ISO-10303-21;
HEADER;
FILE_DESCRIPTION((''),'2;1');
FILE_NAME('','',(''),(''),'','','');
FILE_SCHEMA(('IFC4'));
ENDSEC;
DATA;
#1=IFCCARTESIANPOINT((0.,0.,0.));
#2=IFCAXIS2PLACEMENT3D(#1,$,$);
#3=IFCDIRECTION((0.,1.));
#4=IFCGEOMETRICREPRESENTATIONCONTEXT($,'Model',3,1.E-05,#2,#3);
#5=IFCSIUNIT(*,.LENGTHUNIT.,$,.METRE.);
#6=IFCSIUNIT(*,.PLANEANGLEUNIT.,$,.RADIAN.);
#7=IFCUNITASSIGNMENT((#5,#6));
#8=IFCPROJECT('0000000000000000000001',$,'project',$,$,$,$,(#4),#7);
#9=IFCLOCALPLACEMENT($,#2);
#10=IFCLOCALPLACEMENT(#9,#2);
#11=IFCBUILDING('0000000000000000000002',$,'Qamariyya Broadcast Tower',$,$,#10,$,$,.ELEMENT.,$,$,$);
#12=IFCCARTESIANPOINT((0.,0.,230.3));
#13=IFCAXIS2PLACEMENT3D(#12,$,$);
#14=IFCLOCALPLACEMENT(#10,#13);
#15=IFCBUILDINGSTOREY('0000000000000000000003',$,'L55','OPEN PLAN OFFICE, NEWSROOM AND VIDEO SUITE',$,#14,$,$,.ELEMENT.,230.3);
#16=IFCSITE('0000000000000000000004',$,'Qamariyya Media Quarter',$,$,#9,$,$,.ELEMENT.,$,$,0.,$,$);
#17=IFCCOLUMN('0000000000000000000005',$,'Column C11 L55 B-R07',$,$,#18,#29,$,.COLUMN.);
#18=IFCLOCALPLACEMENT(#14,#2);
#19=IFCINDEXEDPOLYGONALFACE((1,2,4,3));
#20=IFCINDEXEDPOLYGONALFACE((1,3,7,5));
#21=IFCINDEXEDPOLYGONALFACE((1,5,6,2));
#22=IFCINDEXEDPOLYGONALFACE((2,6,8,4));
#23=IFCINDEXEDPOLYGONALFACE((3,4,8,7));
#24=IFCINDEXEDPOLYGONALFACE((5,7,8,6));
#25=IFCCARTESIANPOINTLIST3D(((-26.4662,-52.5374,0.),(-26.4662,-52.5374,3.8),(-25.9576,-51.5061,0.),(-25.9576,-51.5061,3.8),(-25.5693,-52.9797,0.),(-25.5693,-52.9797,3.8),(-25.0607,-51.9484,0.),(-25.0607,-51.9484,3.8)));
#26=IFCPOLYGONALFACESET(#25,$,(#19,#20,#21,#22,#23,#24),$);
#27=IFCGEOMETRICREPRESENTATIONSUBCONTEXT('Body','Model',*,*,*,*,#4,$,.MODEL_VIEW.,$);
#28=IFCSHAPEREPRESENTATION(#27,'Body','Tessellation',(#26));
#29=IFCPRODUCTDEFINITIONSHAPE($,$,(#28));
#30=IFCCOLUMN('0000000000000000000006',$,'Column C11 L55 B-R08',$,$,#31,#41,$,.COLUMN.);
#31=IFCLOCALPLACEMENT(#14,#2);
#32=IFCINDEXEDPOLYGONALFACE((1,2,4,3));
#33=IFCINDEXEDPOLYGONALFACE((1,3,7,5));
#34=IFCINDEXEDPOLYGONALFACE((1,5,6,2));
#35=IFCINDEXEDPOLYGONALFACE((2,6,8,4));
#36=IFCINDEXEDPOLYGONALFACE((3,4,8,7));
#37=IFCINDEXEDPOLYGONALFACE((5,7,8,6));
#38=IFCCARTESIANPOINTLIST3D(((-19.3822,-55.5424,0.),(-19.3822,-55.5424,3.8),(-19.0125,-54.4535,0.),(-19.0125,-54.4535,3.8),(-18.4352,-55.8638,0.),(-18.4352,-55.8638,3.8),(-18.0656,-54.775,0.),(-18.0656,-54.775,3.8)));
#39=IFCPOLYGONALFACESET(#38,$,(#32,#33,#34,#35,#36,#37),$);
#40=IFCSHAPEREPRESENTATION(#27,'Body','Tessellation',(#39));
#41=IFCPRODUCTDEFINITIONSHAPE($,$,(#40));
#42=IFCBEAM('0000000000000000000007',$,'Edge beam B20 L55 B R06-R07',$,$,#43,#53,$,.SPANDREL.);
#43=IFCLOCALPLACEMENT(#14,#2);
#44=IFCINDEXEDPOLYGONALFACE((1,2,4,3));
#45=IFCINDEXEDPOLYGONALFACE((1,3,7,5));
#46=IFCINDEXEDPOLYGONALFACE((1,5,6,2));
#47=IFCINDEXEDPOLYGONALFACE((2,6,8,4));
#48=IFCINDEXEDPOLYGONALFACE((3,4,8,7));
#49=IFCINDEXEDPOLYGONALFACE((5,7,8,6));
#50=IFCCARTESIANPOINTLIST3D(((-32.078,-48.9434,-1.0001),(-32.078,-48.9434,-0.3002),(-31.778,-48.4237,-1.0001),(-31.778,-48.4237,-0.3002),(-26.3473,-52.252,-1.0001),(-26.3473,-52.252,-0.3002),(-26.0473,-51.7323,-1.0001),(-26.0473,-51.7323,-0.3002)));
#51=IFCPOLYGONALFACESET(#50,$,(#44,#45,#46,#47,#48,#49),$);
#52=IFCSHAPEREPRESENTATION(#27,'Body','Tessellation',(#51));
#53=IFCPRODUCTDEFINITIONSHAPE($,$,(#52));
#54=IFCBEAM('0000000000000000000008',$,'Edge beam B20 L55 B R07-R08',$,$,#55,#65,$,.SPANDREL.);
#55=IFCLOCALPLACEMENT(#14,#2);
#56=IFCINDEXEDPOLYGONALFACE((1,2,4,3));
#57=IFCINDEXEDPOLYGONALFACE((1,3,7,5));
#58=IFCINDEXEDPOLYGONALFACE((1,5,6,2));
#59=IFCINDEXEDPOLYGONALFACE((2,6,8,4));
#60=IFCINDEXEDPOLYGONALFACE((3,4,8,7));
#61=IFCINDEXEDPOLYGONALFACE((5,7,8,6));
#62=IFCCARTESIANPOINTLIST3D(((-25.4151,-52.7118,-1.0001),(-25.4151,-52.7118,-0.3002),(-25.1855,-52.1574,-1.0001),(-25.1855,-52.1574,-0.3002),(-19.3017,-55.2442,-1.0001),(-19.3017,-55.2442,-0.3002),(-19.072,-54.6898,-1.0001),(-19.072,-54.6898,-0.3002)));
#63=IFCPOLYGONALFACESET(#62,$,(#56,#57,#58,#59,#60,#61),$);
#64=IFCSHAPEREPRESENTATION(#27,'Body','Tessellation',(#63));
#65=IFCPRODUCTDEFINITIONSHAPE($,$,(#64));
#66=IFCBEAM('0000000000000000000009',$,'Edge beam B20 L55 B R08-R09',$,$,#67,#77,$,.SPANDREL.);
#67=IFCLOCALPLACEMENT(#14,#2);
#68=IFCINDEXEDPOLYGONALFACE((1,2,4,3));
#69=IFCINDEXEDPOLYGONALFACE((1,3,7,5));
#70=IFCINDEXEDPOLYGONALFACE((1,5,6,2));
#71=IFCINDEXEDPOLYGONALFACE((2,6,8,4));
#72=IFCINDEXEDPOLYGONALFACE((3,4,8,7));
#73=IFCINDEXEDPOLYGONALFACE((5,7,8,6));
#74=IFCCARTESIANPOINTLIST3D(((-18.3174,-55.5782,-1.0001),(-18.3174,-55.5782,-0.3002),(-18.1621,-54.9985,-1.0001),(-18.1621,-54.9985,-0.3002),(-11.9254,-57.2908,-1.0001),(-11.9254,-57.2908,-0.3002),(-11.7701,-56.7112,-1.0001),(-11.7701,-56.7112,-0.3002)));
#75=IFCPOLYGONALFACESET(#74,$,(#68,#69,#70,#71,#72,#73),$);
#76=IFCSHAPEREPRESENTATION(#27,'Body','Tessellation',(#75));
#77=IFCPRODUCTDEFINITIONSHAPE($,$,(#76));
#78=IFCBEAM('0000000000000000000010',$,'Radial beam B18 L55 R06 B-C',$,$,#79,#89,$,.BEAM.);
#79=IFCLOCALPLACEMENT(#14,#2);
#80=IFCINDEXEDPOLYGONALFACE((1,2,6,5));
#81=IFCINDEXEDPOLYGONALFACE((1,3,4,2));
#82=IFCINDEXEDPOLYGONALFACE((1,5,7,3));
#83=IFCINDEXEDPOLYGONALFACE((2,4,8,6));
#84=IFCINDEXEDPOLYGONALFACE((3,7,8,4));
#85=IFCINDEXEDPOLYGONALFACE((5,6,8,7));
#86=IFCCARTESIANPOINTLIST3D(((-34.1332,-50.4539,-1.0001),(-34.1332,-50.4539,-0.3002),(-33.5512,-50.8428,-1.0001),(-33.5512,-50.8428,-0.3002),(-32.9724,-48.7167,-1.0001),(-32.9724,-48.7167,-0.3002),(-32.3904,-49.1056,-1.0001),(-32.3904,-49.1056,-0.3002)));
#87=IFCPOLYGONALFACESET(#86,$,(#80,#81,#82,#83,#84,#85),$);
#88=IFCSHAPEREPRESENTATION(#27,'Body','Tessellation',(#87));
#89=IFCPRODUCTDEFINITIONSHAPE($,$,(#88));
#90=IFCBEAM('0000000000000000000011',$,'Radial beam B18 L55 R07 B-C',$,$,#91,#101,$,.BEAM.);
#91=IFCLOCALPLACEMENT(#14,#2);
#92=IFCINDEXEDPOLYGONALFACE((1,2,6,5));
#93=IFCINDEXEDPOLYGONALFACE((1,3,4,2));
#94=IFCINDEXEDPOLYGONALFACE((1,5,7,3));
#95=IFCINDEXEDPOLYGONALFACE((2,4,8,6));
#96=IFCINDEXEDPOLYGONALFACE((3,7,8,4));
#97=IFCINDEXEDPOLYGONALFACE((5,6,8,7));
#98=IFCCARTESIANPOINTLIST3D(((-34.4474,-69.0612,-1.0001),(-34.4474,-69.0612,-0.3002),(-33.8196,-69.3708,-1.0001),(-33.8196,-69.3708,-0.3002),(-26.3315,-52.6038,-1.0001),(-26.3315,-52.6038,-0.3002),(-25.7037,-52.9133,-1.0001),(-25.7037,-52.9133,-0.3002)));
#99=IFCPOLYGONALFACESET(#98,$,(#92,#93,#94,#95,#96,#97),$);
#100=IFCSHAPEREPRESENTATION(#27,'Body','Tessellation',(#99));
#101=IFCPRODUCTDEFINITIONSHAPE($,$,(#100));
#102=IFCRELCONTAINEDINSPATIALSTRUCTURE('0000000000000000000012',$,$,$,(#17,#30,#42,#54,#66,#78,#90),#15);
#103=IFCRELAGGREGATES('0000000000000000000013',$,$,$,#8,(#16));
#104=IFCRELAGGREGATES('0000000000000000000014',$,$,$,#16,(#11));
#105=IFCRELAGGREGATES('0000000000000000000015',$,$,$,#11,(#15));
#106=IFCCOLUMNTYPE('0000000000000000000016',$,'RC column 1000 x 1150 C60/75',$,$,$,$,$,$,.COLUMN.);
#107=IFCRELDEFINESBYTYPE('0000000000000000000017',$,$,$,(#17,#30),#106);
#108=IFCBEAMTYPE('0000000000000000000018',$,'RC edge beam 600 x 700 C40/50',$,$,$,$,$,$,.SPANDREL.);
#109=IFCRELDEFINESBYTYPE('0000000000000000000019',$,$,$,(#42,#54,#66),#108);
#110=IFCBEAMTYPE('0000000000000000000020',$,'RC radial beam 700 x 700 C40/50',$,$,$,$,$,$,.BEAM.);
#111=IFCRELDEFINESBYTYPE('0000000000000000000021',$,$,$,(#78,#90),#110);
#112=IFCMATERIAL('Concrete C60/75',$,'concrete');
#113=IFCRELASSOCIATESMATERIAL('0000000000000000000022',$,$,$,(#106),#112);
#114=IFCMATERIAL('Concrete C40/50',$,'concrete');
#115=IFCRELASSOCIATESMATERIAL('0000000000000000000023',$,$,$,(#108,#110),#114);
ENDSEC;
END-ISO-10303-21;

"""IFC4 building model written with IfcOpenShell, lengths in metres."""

from ifc_helpers import new_model, si_unit, direction, frame, origin, origin_2d, place, context, subcontext, project, spatial, rectangle, extrude, material, material_profile, profile_set, type_object, element, save


model = new_model("IFC4")

# Units and contexts
model_context = context("Model", 3, precision=1e-05, world=origin(), true_north=direction((0.0, 1.0)))
body_context = subcontext(model_context, "Body", "Model", "MODEL_VIEW")
ifc_project = project(units=[si_unit("LENGTHUNIT", "METRE"), si_unit("PLANEANGLEUNIT", "RADIAN")], contexts=[model_context])

# Site, building, storey
site_placement = place(None, origin())
site = spatial("IfcSite", under=ifc_project, at=site_placement, Name="Qamariyya Media Quarter", CompositionType="ELEMENT", RefElevation=0.0)
building_placement = place(site_placement, origin())
building = spatial("IfcBuilding", under=site, at=building_placement, Name="Qamariyya Broadcast Tower", CompositionType="ELEMENT")
storey_placement = place(building_placement, frame((0.0, 0.0, 230.3)))
storey = spatial("IfcBuildingStorey", under=building, at=storey_placement, Name="L55", Description="OPEN PLAN OFFICE, NEWSROOM AND VIDEO SUITE", CompositionType="ELEMENT", Elevation=230.3)

# Columns
ifc_material_1 = material(Name="Concrete C60/75", Category="concrete")
ifc_material_profile_1 = material_profile(ifc_material_1, rectangle(XDim=1.0, YDim=1.1499, at=origin_2d()))
ifc_profile_set_1 = profile_set([ifc_material_profile_1], Name="Concrete C60/75")
column_type = type_object("IfcColumnType", Name="RC column 1000 x 1150 C60/75", PredefinedType="COLUMN", material=ifc_profile_set_1)
for number, where, z_axis, x_axis, name in (
    (1, (-25.7634, -52.2429, 0.0), (0.0, 0.0, 1.0), (0.896873, -0.442289, 0.0), "Column C11 L55 B-R07"),
    (2, (-18.7239, -55.1587, 0.0), (0.0, 0.0, 1.0), (0.94693, -0.321439, 0.0), "Column C11 L55 B-R08"),
):
    element("IfcColumn", number, at=place(storey_placement, frame(where, z_axis=z_axis, x_axis=x_axis)), inside=storey, type_object=column_type, Name=name, PredefinedType="COLUMN", context=body_context, shape_type="SweptSolid", body=[
        extrude(rectangle(XDim=1.0, YDim=1.1499, at=origin_2d()), origin(), (0.0, 0.0, 1.0), 3.8),
    ])

# Beams
ifc_material_2 = material(Name="Concrete C40/50", Category="concrete")
ifc_material_profile_2 = material_profile(ifc_material_2, rectangle(XDim=0.6001, YDim=0.7, at=origin_2d()))
ifc_profile_set_2 = profile_set([ifc_material_profile_2], Name="Concrete C40/50")
beam_type_1 = type_object("IfcBeamType", Name="RC edge beam 600 x 700 C40/50", PredefinedType="SPANDREL", material=ifc_profile_set_2)
for number, where, z_axis, x_axis, name in (
    (3, (-31.928, -48.6836, -0.6501), (0.866028, -0.499996, 0.0), (0.499996, 0.866028, 0.0), "Edge beam B20 L55 B R06-R07"),
    (4, (-25.3003, -52.4346, -0.6501), (0.923871, -0.382705, 0.0), (0.382705, 0.923871, 0.0), "Edge beam B20 L55 B R07-R08"),
):
    element("IfcBeam", number, at=place(storey_placement, frame(where, z_axis=z_axis, x_axis=x_axis)), inside=storey, type_object=beam_type_1, Name=name, PredefinedType="SPANDREL", context=body_context, shape_type="SweptSolid", body=[
        extrude(rectangle(XDim=0.6001, YDim=0.7, at=origin_2d()), origin(), (0.0, 0.0, 1.0), 6.6172),
    ])
beam_1_placement = place(storey_placement, frame((-18.2397, -55.2883, -0.6501), z_axis=(0.965927, -0.258813, 0.0), x_axis=(0.258813, 0.965927, 0.0)))
element("IfcBeam", 5, at=beam_1_placement, inside=storey, type_object=beam_type_1, Name="Edge beam B20 L55 B R08-R09", PredefinedType="SPANDREL", context=body_context, shape_type="SweptSolid", body=[
    extrude(rectangle(XDim=0.6001, YDim=0.7, at=origin_2d()), origin(), (0.0, 0.0, 1.0), 6.6174),
])
ifc_material_profile_3 = material_profile(ifc_material_2, rectangle(XDim=0.7, YDim=0.7, at=origin_2d()))
ifc_profile_set_3 = profile_set([ifc_material_profile_3], Name="Concrete C40/50")
beam_type_2 = type_object("IfcBeamType", Name="RC radial beam 700 x 700 C40/50", PredefinedType="BEAM", material=ifc_profile_set_3)
beam_2_placement = place(storey_placement, frame((-32.6814, -48.9111, -0.6501), z_axis=(-0.55559, -0.831457, 0.0), x_axis=(0.831457, -0.55559, 0.0)))
element("IfcBeam", 6, at=beam_2_placement, inside=storey, type_object=beam_type_2, Name="Radial beam B18 L55 R06 B-C", PredefinedType="BEAM", context=body_context, shape_type="SweptSolid", body=[
    extrude(rectangle(XDim=0.7, YDim=0.7, at=origin_2d()), origin(), (0.0, 0.0, 1.0), 2.0894),
])
beam_3_placement = place(storey_placement, frame((-26.0176, -52.7585, -0.6501), z_axis=(-0.442289, -0.896872, 0.0), x_axis=(0.896872, -0.442289, 0.0)))
element("IfcBeam", 7, at=beam_3_placement, inside=storey, type_object=beam_type_2, Name="Radial beam B18 L55 R07 B-C", PredefinedType="BEAM", context=body_context, shape_type="SweptSolid", body=[
    extrude(rectangle(XDim=0.7, YDim=0.7, at=origin_2d()), origin(), (0.0, 0.0, 1.0), 18.3499),
])

save(model, "model.ifc")
